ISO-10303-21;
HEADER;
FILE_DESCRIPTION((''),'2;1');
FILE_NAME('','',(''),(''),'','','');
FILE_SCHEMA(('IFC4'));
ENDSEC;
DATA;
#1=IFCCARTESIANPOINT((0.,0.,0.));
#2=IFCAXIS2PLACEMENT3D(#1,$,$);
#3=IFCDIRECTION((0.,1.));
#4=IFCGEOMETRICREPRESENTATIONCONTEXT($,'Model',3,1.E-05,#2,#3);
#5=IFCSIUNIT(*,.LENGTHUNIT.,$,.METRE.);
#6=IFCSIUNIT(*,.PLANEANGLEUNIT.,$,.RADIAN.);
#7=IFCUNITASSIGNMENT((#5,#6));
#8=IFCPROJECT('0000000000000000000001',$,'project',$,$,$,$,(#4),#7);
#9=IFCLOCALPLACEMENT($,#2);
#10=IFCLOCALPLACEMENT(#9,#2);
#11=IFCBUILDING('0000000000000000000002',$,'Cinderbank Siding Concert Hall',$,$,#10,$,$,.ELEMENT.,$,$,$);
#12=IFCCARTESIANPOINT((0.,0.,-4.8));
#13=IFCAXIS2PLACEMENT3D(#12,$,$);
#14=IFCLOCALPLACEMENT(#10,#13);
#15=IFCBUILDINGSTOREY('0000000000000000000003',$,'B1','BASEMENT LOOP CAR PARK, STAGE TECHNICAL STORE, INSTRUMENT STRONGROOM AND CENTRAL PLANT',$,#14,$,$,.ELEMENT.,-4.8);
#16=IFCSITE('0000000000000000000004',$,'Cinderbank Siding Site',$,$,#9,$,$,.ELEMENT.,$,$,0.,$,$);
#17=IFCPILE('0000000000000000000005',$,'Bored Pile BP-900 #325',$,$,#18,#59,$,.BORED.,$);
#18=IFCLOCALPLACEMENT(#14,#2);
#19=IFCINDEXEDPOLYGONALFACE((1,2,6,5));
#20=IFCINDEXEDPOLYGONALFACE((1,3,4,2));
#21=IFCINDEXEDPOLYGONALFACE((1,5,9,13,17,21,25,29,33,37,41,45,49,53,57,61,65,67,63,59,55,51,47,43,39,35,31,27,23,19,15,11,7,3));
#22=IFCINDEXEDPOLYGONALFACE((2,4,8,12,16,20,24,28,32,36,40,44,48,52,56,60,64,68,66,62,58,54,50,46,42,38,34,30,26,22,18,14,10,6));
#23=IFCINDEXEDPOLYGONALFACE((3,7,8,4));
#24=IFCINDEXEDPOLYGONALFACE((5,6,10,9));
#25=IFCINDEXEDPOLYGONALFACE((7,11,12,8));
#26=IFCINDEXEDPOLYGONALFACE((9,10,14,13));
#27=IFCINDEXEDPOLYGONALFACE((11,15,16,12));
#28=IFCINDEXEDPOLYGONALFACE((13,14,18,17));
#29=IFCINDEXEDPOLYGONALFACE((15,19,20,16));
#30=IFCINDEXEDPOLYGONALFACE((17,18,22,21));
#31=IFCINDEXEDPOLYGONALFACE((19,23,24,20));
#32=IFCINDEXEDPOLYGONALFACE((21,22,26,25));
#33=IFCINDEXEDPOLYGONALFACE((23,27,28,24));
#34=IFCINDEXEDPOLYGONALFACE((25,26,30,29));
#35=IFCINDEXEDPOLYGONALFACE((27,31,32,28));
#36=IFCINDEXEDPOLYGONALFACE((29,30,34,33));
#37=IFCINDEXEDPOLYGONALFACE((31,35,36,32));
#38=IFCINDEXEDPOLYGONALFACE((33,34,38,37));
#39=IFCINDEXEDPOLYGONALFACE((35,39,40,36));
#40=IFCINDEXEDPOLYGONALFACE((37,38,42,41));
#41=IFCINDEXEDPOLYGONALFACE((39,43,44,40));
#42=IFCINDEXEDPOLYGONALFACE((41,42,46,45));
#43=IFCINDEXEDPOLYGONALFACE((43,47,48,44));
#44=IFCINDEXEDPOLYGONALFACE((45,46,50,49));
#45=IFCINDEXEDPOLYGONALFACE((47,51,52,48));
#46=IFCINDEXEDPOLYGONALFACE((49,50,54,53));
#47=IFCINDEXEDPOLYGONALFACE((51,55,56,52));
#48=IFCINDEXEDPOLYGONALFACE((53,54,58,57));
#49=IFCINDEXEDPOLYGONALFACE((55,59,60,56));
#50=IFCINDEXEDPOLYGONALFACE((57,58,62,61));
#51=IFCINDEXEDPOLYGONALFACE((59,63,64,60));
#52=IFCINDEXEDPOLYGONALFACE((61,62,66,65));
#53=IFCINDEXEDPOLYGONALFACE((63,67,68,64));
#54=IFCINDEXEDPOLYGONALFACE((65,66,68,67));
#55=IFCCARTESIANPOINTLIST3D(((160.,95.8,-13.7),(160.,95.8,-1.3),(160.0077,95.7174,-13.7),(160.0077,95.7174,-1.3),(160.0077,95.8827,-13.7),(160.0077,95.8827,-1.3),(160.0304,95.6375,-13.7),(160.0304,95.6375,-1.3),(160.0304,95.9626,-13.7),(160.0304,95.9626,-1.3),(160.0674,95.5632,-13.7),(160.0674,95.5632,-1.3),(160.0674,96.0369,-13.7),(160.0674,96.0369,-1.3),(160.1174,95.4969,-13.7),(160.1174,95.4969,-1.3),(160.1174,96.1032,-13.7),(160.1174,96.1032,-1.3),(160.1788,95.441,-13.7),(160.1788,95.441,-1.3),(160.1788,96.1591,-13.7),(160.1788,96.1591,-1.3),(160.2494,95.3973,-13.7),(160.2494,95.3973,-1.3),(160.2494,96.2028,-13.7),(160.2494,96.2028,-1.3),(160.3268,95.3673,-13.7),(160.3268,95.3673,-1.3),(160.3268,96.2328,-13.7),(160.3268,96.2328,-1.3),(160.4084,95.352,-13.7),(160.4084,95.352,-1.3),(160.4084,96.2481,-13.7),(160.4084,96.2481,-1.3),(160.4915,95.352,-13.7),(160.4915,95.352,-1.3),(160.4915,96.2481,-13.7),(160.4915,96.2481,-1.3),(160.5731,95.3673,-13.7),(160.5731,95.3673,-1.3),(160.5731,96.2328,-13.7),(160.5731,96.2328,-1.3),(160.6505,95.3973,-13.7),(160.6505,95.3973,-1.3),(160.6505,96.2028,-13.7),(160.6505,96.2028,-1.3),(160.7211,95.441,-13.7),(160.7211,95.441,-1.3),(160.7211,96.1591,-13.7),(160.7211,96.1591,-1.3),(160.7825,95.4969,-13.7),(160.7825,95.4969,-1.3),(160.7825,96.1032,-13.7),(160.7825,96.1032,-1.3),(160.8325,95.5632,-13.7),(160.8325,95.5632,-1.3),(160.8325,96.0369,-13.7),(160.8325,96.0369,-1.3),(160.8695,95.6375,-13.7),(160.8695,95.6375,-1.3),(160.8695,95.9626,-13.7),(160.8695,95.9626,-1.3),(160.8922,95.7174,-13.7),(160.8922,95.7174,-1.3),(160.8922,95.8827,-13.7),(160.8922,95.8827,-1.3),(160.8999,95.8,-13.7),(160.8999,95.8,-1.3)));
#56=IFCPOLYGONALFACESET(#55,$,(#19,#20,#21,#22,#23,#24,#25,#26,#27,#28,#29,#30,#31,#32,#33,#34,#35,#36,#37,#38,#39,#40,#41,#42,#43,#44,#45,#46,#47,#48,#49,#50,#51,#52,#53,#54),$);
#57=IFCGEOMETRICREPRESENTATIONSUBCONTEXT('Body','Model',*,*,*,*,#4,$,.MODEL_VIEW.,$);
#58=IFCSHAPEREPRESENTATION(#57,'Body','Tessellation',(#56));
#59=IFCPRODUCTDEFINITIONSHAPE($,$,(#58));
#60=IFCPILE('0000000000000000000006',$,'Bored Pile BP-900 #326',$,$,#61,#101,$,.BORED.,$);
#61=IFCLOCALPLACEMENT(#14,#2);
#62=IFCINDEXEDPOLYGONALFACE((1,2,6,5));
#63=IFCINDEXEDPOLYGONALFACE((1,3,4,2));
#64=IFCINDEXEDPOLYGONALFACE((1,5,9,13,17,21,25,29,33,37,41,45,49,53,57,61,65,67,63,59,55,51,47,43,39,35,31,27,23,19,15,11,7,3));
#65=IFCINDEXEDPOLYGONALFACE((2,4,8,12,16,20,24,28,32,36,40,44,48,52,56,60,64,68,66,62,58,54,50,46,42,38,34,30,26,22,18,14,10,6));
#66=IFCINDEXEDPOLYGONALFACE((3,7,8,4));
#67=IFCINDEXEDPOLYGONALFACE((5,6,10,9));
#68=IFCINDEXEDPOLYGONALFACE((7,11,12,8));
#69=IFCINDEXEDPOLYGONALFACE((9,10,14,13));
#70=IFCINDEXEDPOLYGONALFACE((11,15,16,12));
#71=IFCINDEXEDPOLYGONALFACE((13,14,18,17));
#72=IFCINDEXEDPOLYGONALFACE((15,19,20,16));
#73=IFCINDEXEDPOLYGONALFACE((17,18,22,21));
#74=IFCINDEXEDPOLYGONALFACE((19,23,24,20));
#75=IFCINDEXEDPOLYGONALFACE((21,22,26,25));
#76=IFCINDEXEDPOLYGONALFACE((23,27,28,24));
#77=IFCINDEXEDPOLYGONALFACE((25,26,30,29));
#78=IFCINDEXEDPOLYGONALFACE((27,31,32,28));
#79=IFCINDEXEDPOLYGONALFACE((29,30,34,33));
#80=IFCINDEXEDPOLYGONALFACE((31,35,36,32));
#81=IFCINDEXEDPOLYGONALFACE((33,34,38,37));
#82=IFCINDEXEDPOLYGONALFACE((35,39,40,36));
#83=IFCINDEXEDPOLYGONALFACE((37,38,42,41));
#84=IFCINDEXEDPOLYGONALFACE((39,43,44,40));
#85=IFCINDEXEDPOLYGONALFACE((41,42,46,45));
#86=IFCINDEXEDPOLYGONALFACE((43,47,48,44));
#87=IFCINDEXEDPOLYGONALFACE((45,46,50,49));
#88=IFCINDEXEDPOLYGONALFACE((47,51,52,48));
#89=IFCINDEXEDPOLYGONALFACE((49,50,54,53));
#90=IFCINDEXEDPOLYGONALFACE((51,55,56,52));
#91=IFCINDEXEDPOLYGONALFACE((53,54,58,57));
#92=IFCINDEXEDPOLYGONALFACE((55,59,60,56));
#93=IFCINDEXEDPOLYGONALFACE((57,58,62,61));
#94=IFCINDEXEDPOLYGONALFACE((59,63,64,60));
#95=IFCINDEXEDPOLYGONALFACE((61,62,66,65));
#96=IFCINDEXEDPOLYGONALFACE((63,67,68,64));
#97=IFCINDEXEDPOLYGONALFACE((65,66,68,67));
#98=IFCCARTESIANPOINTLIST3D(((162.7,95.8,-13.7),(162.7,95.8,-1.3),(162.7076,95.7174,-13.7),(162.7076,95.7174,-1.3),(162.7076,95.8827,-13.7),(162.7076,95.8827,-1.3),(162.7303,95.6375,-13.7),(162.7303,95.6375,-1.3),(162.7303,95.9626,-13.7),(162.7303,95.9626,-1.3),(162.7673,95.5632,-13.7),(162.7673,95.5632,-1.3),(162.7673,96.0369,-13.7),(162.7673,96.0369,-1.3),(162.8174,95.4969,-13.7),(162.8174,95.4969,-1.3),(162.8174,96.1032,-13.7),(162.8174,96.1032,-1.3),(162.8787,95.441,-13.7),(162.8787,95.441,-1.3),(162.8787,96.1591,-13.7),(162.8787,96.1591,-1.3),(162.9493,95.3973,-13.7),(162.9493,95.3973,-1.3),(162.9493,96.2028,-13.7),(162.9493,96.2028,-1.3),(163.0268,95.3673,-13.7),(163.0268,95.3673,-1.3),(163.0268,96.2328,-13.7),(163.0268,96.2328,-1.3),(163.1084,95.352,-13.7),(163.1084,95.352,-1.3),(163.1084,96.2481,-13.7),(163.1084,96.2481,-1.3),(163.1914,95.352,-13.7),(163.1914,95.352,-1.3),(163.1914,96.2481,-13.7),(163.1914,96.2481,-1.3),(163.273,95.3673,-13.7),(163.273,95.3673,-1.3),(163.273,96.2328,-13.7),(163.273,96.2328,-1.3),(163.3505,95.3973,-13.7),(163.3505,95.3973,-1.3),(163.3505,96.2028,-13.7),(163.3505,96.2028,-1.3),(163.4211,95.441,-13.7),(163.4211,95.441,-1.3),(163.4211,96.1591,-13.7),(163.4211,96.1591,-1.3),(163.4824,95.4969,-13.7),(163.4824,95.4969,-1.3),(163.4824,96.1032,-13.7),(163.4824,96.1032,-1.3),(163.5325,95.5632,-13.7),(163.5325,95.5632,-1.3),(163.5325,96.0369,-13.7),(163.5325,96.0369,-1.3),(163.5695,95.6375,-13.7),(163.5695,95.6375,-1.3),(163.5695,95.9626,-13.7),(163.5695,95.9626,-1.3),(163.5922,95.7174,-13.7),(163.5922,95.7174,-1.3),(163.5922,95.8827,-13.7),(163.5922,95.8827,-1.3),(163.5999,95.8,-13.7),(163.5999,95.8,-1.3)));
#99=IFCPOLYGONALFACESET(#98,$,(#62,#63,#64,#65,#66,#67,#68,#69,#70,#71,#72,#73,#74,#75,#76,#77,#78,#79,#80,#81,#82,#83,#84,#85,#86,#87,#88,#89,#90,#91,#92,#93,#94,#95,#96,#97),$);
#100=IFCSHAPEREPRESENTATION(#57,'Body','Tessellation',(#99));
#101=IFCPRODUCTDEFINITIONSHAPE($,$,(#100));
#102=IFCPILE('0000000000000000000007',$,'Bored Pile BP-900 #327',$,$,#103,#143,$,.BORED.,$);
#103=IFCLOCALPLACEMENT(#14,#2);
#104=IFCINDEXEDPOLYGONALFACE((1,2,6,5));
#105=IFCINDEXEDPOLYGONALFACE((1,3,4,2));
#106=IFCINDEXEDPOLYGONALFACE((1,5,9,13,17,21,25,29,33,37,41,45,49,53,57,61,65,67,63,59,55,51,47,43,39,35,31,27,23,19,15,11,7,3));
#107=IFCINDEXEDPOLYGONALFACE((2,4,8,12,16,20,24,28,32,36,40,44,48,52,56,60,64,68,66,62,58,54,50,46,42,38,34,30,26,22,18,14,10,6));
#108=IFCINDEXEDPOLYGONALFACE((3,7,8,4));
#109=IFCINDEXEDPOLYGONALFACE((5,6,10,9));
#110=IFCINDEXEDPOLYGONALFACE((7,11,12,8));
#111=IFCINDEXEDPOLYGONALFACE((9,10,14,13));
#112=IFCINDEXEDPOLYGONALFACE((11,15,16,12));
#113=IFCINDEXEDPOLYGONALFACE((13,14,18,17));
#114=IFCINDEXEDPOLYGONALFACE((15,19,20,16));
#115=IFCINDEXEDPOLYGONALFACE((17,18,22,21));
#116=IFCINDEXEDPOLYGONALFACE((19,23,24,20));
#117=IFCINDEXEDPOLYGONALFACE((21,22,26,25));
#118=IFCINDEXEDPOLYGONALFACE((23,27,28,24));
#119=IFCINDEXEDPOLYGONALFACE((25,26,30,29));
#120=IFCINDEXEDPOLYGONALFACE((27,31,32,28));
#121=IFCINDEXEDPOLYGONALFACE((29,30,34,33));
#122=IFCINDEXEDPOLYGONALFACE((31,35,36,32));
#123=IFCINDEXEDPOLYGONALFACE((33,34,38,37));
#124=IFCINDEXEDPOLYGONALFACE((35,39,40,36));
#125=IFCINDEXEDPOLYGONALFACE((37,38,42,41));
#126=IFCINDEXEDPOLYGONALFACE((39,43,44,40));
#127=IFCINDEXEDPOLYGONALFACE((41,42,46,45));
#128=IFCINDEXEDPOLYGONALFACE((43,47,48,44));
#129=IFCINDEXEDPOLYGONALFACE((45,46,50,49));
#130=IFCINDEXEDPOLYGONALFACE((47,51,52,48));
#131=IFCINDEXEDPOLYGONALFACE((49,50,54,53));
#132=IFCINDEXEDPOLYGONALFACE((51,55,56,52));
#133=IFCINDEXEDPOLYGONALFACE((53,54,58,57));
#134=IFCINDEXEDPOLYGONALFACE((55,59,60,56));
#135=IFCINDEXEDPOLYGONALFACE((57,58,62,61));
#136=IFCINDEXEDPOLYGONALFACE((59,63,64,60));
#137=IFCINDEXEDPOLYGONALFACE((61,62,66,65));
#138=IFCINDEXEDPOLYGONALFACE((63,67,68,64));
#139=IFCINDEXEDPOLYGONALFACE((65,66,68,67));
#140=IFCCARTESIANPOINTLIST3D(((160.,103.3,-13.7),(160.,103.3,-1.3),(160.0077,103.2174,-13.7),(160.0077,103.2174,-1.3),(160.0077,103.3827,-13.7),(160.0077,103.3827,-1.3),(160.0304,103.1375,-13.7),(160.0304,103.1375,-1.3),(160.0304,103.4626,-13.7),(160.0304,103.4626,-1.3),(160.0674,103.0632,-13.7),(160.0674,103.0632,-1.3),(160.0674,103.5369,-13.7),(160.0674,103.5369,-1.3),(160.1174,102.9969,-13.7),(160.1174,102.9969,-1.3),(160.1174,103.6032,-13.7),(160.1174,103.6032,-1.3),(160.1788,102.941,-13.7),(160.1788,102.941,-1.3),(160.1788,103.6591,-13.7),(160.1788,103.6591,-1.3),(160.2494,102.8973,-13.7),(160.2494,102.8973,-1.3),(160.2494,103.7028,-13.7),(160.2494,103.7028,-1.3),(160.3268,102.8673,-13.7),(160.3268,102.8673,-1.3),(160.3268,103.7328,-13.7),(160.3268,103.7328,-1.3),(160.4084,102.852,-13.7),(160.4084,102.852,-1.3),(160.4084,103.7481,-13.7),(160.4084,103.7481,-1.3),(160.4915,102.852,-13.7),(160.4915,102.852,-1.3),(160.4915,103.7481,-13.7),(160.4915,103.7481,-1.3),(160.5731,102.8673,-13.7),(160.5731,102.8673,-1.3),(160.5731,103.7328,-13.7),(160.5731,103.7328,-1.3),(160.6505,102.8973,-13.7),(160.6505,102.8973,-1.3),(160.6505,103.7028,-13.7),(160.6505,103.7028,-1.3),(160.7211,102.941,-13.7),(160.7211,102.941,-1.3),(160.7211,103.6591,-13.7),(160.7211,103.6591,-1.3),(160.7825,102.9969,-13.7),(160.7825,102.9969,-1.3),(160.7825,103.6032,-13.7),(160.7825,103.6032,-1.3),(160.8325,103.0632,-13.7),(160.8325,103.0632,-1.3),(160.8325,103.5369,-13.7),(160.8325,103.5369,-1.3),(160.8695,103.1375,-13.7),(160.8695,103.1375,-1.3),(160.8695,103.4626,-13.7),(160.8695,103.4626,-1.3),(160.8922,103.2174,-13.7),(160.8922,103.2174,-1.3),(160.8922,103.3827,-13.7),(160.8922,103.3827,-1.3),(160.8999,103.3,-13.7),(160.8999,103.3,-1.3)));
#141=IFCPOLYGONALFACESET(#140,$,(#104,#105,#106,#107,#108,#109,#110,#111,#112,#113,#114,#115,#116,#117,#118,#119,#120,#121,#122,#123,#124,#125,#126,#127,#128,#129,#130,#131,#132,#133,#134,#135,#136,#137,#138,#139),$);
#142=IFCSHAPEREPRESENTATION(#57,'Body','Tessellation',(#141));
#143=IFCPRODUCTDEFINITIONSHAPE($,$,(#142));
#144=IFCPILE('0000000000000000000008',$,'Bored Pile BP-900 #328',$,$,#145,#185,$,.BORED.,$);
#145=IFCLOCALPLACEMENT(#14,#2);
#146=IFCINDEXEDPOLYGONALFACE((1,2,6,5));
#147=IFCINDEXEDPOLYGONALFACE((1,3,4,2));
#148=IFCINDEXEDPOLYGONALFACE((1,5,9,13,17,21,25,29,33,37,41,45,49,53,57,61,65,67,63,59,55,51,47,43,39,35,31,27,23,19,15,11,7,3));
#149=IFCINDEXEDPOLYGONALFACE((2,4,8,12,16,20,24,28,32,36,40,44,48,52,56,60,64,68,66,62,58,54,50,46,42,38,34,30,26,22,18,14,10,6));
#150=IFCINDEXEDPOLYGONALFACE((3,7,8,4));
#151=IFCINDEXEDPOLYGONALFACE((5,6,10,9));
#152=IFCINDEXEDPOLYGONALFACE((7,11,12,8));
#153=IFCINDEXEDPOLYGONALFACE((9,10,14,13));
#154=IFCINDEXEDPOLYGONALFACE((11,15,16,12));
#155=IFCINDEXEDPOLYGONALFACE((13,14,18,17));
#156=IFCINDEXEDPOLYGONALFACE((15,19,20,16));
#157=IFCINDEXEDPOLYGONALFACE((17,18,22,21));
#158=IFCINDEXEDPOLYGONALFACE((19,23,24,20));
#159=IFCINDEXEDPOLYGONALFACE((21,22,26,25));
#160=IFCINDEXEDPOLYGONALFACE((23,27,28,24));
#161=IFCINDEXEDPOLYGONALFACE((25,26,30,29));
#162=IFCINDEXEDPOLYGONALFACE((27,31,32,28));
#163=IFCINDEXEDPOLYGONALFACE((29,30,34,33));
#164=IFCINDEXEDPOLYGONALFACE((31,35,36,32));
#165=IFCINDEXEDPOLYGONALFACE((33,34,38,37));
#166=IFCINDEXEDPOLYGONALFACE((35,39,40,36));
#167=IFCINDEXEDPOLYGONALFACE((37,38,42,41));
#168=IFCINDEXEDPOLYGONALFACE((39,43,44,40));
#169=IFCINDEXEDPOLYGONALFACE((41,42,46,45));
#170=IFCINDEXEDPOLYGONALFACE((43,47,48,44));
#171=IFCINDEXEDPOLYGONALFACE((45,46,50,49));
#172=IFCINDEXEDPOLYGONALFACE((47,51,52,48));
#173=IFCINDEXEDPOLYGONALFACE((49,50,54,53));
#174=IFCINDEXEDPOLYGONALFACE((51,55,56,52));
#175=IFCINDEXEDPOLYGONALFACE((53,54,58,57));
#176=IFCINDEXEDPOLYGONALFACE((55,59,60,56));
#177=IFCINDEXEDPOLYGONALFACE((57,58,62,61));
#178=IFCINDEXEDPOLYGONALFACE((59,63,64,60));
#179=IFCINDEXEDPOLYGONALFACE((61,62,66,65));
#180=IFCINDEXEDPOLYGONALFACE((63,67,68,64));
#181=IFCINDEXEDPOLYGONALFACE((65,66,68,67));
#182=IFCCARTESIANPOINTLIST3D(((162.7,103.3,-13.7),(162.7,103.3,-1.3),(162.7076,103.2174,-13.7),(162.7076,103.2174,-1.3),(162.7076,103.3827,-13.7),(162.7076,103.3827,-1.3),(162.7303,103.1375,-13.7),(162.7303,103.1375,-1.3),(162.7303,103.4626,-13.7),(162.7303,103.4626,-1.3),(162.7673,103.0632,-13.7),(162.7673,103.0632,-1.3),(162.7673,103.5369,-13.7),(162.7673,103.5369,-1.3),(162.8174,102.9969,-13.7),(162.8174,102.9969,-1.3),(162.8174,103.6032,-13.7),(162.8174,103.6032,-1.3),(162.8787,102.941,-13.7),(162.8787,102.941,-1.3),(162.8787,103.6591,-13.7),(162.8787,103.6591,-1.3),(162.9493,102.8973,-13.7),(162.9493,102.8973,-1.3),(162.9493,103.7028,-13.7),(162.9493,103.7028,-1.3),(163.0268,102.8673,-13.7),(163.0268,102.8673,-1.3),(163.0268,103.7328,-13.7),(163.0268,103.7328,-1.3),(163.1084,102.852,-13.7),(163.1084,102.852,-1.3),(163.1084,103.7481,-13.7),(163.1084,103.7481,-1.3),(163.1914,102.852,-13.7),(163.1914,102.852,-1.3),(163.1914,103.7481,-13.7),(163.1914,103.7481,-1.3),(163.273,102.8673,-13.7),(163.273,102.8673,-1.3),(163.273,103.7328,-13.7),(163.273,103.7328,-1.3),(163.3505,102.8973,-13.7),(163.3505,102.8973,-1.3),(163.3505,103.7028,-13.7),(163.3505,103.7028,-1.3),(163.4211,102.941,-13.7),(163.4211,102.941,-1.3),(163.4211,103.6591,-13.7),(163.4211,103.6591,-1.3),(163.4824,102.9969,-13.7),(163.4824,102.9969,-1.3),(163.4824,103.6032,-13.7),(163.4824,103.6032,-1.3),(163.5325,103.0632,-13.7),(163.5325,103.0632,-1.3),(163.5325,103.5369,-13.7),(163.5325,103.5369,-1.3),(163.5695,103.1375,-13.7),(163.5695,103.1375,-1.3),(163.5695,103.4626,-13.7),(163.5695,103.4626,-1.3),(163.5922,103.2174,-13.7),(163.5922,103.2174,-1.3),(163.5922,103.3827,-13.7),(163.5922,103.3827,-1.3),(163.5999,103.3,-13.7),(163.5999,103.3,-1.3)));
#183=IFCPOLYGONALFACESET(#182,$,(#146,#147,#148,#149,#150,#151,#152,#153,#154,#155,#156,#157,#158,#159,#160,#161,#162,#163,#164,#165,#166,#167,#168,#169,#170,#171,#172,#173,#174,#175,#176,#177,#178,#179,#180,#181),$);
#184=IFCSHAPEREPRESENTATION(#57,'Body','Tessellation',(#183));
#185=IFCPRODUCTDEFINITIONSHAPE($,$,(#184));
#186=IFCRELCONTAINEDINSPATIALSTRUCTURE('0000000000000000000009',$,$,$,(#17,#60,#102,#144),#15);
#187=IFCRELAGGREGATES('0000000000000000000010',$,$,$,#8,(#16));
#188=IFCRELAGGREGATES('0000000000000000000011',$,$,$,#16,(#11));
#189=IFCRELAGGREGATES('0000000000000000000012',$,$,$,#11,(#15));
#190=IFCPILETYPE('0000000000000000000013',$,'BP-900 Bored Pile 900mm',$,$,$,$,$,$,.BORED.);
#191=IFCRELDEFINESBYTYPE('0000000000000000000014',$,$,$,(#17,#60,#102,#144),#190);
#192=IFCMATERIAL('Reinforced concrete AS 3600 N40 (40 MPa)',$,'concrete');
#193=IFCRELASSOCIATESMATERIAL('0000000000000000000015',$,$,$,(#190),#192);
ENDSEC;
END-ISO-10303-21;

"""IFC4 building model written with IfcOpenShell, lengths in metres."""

from ifc_helpers import new_model, si_unit, direction, frame, origin, origin_2d, place, context, subcontext, project, spatial, circle, extrude, material, material_profile, profile_set, type_object, element, save


model = new_model("IFC4")

# Units and contexts
model_context = context("Model", 3, precision=1e-05, world=origin(), true_north=direction((0.0, 1.0)))
body_context = subcontext(model_context, "Body", "Model", "MODEL_VIEW")
ifc_project = project(units=[si_unit("LENGTHUNIT", "METRE"), si_unit("PLANEANGLEUNIT", "RADIAN")], contexts=[model_context])

# Site, building, storey
site_placement = place(None, origin())
site = spatial("IfcSite", under=ifc_project, at=site_placement, Name="Cinderbank Siding Site", CompositionType="ELEMENT", RefElevation=0.0)
building_placement = place(site_placement, origin())
building = spatial("IfcBuilding", under=site, at=building_placement, Name="Cinderbank Siding Concert Hall", CompositionType="ELEMENT")
storey_placement = place(building_placement, frame((0.0, 0.0, -4.8)))
storey = spatial("IfcBuildingStorey", under=building, at=storey_placement, Name="B1", Description="BASEMENT LOOP CAR PARK, STAGE TECHNICAL STORE, INSTRUMENT STRONGROOM AND CENTRAL PLANT", CompositionType="ELEMENT", Elevation=-4.8)

# Piles
ifc_material_1 = material(Name="Reinforced concrete AS 3600 N40 (40 MPa)", Category="concrete")
ifc_material_profile_1 = material_profile(ifc_material_1, circle(Radius=0.45, at=origin_2d()), Name="PILE-900DIA", Category="LoadBearing")
ifc_profile_set_1 = profile_set([ifc_material_profile_1], Name="Reinforced concrete AS 3600 N40 (40 MPa)")
pile_type = type_object("IfcPileType", Name="BP-900 Bored Pile 900mm", PredefinedType="BORED", material=ifc_profile_set_1)
for number, where, z_axis, x_axis, name in (
    (1, (160.45, 95.8, -1.3), (0.0, 0.0, -1.0), (1.0, 0.0, 0.0), "Bored Pile BP-900 #325"),
    (2, (163.1499, 95.8, -1.3), (0.0, 0.0, -1.0), (1.0, 0.0, 0.0), "Bored Pile BP-900 #326"),
    (3, (160.45, 103.3, -1.3), (0.0, 0.0, -1.0), (1.0, 0.0, 0.0), "Bored Pile BP-900 #327"),
    (4, (163.1499, 103.3, -1.3), (0.0, 0.0, -1.0), (1.0, 0.0, 0.0), "Bored Pile BP-900 #328"),
):
    element("IfcPile", number, at=place(storey_placement, frame(where, z_axis=z_axis, x_axis=x_axis)), inside=storey, type_object=pile_type, Name=name, PredefinedType="BORED", context=body_context, shape_type="SweptSolid", body=[
        extrude(circle(Radius=0.45, at=origin_2d()), origin(), (0.0, 0.0, 1.0), 12.3999),
    ])

save(model, "model.ifc")
